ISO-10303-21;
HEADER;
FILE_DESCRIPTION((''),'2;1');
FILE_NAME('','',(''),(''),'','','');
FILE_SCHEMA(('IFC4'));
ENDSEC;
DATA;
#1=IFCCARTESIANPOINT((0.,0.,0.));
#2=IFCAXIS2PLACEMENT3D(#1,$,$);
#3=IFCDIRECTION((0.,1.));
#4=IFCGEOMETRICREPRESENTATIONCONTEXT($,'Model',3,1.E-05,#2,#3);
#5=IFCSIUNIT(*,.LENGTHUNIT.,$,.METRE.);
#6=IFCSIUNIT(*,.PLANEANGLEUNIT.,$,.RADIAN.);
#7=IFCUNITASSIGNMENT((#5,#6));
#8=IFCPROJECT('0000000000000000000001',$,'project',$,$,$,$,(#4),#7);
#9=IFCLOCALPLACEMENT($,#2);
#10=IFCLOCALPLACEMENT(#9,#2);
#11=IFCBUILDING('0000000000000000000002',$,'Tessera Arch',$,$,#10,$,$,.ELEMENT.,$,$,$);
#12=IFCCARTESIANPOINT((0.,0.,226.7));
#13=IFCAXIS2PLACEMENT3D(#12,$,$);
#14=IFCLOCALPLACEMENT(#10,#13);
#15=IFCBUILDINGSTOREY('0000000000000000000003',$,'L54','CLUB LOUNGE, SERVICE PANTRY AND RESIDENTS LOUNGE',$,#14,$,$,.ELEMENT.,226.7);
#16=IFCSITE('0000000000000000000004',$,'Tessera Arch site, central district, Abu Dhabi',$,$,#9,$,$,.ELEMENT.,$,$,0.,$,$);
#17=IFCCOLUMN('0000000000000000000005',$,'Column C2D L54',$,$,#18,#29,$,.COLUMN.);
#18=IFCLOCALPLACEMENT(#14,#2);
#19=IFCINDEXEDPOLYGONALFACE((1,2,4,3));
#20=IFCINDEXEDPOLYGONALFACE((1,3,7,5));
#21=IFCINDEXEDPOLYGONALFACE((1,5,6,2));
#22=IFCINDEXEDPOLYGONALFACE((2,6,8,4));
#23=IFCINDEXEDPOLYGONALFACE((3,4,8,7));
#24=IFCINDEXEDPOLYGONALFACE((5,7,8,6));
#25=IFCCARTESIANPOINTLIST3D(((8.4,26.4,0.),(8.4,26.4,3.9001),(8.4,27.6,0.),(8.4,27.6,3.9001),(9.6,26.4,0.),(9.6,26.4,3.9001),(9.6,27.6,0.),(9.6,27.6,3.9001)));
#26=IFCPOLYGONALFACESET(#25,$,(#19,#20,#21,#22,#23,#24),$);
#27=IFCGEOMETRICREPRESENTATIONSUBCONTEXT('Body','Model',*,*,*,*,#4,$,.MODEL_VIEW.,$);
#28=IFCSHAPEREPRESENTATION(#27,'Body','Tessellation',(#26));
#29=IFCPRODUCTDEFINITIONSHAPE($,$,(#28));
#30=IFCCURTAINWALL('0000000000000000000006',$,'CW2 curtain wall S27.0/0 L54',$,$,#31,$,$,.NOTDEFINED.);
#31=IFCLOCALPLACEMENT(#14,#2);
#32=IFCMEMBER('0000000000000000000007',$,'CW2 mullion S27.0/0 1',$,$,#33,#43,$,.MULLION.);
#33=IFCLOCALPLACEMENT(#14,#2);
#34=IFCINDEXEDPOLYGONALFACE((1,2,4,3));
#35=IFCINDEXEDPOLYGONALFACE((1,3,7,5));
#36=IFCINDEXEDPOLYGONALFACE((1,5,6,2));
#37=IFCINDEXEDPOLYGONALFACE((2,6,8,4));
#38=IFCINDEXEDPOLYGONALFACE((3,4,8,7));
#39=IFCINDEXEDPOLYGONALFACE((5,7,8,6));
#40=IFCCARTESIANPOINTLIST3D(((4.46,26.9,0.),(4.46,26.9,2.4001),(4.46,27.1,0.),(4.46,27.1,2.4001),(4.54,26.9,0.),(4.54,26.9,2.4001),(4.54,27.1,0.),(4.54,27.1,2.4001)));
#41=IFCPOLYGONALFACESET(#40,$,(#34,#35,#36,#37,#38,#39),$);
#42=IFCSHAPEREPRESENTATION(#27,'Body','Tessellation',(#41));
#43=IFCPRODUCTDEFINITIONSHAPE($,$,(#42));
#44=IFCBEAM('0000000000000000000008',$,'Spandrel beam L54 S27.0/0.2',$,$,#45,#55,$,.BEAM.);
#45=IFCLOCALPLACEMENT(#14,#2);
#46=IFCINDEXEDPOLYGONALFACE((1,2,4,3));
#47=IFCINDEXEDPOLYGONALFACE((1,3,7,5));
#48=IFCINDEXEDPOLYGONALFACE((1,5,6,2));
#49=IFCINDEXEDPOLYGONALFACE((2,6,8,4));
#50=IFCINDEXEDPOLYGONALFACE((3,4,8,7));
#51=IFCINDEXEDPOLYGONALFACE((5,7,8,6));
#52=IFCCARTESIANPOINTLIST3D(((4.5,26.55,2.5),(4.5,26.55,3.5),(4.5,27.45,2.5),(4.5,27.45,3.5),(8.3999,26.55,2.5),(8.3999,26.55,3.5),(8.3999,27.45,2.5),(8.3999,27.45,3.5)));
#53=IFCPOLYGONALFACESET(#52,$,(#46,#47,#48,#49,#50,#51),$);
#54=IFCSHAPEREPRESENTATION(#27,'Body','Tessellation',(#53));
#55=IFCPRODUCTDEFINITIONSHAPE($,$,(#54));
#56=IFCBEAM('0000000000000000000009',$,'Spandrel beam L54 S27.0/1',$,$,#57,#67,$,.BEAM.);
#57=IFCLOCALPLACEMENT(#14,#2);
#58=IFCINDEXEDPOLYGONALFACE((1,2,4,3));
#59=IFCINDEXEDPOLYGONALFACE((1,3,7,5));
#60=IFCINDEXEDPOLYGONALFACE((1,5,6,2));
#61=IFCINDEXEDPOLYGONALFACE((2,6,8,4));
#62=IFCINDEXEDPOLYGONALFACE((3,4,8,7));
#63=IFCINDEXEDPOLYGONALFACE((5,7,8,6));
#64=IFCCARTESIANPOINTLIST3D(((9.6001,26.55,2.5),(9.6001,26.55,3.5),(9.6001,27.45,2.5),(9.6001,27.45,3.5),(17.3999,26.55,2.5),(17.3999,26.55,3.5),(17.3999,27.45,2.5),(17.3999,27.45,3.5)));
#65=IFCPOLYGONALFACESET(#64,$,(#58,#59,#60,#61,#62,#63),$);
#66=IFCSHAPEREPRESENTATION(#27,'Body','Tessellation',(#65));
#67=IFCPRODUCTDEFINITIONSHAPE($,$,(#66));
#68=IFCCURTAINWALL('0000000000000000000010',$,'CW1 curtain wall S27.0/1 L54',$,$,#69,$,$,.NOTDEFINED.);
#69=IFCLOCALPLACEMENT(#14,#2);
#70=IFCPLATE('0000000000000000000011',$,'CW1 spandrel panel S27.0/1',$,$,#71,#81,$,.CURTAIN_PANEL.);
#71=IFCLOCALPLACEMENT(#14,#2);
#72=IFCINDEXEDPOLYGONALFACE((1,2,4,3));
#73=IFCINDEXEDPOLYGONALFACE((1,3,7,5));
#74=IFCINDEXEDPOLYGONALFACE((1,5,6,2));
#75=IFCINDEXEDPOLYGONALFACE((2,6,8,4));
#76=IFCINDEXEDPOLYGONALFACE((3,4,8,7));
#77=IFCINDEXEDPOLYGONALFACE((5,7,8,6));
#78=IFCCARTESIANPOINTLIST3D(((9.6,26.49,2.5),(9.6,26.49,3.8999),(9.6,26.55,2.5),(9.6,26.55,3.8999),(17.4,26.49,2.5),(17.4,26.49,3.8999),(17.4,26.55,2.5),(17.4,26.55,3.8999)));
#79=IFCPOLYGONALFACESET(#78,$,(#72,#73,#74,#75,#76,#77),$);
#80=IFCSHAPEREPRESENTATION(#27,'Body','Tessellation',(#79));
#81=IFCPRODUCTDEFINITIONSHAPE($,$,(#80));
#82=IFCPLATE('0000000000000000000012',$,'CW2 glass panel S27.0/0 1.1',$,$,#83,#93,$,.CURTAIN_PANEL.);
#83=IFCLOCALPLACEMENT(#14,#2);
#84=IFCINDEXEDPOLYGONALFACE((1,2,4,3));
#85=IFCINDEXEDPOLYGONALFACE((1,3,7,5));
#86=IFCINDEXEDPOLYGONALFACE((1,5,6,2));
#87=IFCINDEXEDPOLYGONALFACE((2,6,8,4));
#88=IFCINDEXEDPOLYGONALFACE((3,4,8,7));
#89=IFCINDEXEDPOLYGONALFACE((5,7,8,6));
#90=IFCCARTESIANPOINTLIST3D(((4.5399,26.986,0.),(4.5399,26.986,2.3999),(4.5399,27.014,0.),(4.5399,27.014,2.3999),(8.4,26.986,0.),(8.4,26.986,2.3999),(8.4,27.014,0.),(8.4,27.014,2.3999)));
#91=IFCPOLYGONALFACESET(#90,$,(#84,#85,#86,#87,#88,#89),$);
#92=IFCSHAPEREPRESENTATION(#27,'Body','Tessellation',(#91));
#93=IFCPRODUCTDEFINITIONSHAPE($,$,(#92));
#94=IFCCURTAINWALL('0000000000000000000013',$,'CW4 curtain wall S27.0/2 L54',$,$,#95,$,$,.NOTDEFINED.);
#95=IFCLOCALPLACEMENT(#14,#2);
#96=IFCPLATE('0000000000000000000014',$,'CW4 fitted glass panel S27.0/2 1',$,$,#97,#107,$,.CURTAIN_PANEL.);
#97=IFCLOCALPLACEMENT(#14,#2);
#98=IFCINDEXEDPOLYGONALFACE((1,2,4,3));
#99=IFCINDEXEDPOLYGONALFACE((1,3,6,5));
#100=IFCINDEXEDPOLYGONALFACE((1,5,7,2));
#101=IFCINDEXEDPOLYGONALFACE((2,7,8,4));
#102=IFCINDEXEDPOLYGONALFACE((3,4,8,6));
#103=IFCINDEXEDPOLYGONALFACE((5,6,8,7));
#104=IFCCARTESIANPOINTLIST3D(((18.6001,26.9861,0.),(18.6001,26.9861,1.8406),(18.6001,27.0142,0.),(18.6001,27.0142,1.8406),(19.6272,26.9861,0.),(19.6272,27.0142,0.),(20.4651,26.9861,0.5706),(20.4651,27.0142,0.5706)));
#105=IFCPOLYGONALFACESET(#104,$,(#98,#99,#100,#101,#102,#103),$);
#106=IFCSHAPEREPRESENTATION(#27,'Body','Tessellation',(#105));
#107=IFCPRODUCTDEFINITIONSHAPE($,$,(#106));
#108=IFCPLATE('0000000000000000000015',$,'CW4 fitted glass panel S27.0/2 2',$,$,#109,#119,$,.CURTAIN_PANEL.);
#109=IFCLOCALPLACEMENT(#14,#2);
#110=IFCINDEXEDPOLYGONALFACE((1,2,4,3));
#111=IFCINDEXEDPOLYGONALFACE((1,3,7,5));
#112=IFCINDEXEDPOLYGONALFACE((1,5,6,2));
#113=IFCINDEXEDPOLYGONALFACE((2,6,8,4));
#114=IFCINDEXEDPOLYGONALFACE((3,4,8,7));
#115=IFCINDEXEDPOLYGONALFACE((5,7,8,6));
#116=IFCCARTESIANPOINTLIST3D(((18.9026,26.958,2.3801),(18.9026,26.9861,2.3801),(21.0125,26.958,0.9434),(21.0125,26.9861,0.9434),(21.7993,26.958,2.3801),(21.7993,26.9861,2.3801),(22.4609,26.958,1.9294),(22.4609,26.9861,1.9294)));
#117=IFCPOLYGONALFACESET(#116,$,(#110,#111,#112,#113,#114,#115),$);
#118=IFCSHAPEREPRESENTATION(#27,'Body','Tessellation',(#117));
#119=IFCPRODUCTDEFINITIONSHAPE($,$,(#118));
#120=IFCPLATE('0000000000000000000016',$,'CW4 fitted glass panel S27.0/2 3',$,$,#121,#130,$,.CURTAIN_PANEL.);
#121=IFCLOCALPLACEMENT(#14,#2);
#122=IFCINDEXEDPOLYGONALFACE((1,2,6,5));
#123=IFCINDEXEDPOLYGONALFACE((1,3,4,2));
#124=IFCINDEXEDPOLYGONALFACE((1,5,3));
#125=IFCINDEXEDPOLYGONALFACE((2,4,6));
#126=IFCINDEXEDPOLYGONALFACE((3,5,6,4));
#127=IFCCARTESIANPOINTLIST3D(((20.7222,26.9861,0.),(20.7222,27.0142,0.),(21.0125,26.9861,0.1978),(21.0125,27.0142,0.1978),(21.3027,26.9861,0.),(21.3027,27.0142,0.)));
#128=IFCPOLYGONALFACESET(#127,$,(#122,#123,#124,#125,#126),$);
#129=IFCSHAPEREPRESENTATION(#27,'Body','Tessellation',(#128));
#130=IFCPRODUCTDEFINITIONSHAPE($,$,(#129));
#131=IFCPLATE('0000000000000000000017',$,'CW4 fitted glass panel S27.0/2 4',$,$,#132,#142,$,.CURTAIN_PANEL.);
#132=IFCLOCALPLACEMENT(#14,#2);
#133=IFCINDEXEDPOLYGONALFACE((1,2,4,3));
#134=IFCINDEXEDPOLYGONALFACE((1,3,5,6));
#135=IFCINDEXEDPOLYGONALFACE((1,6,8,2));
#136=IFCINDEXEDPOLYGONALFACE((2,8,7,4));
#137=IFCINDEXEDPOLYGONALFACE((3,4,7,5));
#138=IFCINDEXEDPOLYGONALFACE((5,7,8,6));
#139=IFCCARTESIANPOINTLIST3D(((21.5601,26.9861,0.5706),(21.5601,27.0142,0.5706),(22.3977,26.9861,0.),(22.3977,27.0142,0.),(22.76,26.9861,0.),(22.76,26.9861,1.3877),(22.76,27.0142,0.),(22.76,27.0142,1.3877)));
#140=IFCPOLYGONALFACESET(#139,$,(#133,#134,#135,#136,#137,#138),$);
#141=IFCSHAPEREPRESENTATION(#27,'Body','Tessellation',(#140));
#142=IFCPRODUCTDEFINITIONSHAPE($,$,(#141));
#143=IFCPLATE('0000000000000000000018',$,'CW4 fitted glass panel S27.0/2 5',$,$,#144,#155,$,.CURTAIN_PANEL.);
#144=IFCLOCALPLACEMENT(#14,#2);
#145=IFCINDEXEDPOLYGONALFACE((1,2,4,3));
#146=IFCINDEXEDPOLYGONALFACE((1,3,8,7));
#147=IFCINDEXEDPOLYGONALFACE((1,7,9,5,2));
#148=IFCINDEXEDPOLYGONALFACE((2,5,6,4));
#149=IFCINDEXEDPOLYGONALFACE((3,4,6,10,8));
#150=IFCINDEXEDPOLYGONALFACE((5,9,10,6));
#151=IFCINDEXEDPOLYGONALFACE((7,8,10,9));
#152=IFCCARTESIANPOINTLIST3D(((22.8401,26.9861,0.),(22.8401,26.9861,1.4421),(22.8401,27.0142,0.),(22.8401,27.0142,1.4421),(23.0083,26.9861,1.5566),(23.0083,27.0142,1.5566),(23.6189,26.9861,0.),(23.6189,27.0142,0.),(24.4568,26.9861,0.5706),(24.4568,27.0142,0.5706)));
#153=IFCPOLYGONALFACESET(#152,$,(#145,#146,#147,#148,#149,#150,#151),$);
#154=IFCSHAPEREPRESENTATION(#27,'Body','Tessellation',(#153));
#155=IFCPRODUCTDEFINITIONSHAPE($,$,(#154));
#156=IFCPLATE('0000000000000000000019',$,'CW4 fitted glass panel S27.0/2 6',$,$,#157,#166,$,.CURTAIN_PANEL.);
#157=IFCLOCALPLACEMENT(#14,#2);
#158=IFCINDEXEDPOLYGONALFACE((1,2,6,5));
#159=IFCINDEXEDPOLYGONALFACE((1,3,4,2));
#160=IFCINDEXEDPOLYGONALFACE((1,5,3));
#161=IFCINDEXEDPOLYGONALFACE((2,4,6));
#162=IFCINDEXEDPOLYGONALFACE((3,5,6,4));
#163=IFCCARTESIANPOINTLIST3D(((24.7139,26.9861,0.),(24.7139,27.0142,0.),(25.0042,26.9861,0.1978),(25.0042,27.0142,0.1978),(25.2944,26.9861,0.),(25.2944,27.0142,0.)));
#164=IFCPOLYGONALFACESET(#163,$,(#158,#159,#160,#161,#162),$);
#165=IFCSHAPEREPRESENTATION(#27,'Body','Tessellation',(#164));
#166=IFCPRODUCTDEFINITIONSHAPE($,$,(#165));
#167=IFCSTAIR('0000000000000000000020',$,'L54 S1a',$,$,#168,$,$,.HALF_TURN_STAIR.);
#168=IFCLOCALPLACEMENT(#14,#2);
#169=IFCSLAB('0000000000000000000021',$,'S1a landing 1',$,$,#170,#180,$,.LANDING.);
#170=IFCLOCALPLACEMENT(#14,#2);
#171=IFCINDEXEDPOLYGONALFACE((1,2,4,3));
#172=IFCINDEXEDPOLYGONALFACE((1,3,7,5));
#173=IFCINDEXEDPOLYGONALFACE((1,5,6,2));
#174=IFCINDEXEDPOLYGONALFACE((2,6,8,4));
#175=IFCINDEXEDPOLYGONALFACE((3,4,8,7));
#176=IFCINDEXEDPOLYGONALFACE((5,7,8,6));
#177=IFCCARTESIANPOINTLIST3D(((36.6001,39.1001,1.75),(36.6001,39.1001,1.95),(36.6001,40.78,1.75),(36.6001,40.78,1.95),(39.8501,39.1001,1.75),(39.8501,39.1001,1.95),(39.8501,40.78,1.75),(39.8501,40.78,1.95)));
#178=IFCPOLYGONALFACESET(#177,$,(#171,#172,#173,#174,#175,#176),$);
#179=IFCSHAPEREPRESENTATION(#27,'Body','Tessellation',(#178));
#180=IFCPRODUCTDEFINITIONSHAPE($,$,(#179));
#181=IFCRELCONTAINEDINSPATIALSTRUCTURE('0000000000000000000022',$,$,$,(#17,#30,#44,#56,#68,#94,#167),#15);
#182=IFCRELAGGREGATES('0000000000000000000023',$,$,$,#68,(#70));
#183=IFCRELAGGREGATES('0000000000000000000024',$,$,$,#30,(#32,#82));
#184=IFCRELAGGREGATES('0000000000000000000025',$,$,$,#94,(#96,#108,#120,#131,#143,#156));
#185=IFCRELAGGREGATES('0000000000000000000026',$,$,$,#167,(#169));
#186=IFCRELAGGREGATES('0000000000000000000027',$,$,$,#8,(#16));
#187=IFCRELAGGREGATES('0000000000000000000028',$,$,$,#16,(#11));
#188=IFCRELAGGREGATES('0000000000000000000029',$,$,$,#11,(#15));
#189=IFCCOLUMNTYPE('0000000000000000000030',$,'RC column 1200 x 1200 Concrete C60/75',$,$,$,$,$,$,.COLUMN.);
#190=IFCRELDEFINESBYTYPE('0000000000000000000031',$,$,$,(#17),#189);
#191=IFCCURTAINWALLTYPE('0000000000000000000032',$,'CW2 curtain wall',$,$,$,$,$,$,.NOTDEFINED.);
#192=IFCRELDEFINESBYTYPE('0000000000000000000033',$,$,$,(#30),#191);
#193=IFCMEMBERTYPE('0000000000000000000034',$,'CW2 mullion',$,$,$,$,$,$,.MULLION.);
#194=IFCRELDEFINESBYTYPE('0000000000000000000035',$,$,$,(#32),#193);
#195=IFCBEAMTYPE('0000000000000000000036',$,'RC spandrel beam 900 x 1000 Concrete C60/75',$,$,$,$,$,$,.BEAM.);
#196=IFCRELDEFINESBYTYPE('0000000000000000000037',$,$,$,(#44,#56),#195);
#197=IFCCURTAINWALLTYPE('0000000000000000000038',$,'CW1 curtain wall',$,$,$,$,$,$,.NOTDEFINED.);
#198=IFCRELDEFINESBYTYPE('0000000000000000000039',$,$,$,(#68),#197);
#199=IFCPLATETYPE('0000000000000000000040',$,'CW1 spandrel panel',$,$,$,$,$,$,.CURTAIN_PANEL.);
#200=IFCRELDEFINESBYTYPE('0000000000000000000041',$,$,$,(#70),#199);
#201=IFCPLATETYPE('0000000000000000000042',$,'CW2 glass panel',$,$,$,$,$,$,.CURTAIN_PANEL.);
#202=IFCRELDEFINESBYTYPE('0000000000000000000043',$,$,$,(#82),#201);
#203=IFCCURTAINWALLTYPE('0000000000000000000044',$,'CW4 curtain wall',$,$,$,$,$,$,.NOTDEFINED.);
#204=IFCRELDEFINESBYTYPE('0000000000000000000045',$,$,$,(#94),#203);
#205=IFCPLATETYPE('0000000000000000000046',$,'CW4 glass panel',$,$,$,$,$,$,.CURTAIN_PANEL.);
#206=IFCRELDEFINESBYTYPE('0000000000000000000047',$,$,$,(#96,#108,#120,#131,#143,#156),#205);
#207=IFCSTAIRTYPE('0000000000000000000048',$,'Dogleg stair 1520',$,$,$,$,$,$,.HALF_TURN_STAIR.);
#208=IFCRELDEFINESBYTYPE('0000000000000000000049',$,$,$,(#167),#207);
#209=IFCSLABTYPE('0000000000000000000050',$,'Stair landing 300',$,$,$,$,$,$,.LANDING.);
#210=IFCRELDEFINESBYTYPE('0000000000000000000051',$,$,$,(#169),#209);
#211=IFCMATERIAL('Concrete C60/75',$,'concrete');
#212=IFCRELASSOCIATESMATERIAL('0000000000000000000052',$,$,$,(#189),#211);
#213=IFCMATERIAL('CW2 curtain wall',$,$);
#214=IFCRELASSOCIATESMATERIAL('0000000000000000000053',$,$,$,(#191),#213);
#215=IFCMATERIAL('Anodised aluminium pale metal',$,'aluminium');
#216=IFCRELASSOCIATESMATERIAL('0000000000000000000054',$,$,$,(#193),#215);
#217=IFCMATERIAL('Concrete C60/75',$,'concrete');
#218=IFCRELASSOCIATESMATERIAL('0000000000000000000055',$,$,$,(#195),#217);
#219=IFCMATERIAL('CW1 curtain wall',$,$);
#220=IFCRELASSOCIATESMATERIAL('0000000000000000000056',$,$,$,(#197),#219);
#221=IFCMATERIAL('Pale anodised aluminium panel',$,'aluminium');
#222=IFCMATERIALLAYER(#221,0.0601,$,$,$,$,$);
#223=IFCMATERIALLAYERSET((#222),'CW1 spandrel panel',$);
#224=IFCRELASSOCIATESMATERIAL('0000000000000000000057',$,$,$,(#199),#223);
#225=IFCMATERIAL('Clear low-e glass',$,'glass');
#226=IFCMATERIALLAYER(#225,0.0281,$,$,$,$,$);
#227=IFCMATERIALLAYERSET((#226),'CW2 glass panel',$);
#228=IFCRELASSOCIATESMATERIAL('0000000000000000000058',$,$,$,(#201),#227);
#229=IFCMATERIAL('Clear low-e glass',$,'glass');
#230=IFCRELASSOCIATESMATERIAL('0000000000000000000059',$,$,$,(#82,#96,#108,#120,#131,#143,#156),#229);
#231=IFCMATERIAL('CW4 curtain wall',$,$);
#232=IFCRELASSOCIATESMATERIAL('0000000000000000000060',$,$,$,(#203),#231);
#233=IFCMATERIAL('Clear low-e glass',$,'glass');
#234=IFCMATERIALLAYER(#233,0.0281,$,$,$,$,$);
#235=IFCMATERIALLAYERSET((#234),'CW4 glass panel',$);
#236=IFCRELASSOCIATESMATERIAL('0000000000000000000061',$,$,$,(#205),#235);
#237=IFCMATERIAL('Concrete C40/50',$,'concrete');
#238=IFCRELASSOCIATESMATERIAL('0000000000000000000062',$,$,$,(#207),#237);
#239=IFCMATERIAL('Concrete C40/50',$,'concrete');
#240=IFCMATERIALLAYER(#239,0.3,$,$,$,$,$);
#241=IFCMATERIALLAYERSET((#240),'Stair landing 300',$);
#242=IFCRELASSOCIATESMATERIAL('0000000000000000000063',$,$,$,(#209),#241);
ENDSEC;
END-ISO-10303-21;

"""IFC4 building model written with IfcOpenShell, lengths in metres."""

from ifc_helpers import new_model, si_unit, direction, frame, origin, origin_2d, place, context, subcontext, project, spatial, polyline, rectangle, outline, extrude, material, layer, layer_set, material_profile, profile_set, type_object, element, aggregate, save


model = new_model("IFC4")

# Units and contexts
model_context = context("Model", 3, precision=1e-05, world=origin(), true_north=direction((0.0, 1.0)))
body_context = subcontext(model_context, "Body", "Model", "MODEL_VIEW")
ifc_project = project(units=[si_unit("LENGTHUNIT", "METRE"), si_unit("PLANEANGLEUNIT", "RADIAN")], contexts=[model_context])

# Site, building, storey
site_placement = place(None, origin())
site = spatial("IfcSite", under=ifc_project, at=site_placement, Name="Tessera Arch site, central district, Abu Dhabi", CompositionType="ELEMENT", RefElevation=0.0)
building_placement = place(site_placement, origin())
building = spatial("IfcBuilding", under=site, at=building_placement, Name="Tessera Arch", CompositionType="ELEMENT")
storey_placement = place(building_placement, frame((0.0, 0.0, 226.7)))
storey = spatial("IfcBuildingStorey", under=building, at=storey_placement, Name="L54", Description="CLUB LOUNGE, SERVICE PANTRY AND RESIDENTS LOUNGE", CompositionType="ELEMENT", Elevation=226.7)

# Column
ifc_material_1 = material(Name="Concrete C60/75", Category="concrete")
ifc_material_profile_1 = material_profile(ifc_material_1, rectangle(XDim=1.2, YDim=1.2, at=origin_2d()), Name="RC column 1200 x 1200 Concrete C60/75")
ifc_profile_set_1 = profile_set([ifc_material_profile_1], Name="Concrete C60/75")
column_type = type_object("IfcColumnType", Name="RC column 1200 x 1200 Concrete C60/75", PredefinedType="COLUMN", material=ifc_profile_set_1)
column_placement = place(storey_placement, frame((9.0, 27.0, 0.0), z_axis=(0.0, 0.0, 1.0), x_axis=(1.0, 0.0, 0.0)))
element("IfcColumn", 1, at=column_placement, inside=storey, type_object=column_type, Name="Column C2D L54", PredefinedType="COLUMN", context=body_context, shape_type="SweptSolid", body=[
    extrude(rectangle(XDim=1.2, YDim=1.2, at=origin_2d()), origin(), (0.0, 0.0, 1.0), 3.9001),
])

# Curtain wall, member
ifc_material_2 = material(Name="CW2 curtain wall")
curtain_wall_type_1 = type_object("IfcCurtainWallType", Name="CW2 curtain wall", PredefinedType="NOTDEFINED", material=ifc_material_2)
curtain_wall_1_placement = place(storey_placement, origin())
curtain_wall_1 = element("IfcCurtainWall", 2, at=curtain_wall_1_placement, inside=storey, type_object=curtain_wall_type_1, Name="CW2 curtain wall S27.0/0 L54", PredefinedType="NOTDEFINED")
ifc_material_3 = material(Name="Anodised aluminium pale metal", Category="aluminium")
ifc_material_profile_2 = material_profile(ifc_material_3, rectangle(XDim=0.2, YDim=0.0801, at=origin_2d()), Name="AL 80x200")
ifc_profile_set_2 = profile_set([ifc_material_profile_2], Name="Anodised aluminium pale metal")
member_type = type_object("IfcMemberType", Name="CW2 mullion", PredefinedType="MULLION", material=ifc_profile_set_2)
member_placement = place(storey_placement, frame((4.5, 27.0, 0.0), z_axis=(0.0, 0.0, 1.0), x_axis=(0.0, 1.0, 0.0)))
member = element("IfcMember", 3, at=member_placement, type_object=member_type, Name="CW2 mullion S27.0/0 1", PredefinedType="MULLION", context=body_context, shape_type="SweptSolid", body=[
    extrude(rectangle(XDim=0.2, YDim=0.0801, at=origin_2d()), origin(), (0.0, 0.0, 1.0), 2.4001),
])

# Beams
ifc_material_4 = material(Name="Concrete C60/75", Category="concrete")
ifc_material_profile_3 = material_profile(ifc_material_4, rectangle(XDim=0.8999, YDim=1.0, at=origin_2d()), Name="RC spandrel beam 900 x 1000 Concrete C60/75")
ifc_profile_set_3 = profile_set([ifc_material_profile_3], Name="Concrete C60/75")
beam_type = type_object("IfcBeamType", Name="RC spandrel beam 900 x 1000 Concrete C60/75", PredefinedType="BEAM", material=ifc_profile_set_3)
beam_1_placement = place(storey_placement, frame((4.5, 27.0, 3.0), z_axis=(1.0, 0.0, 0.0), x_axis=(0.0, 1.0, 0.0)))
element("IfcBeam", 4, at=beam_1_placement, inside=storey, type_object=beam_type, Name="Spandrel beam L54 S27.0/0.2", PredefinedType="BEAM", context=body_context, shape_type="SweptSolid", body=[
    extrude(rectangle(XDim=0.8999, YDim=1.0, at=origin_2d()), origin(), (0.0, 0.0, 1.0), 3.8999),
])
beam_2_placement = place(storey_placement, frame((9.6001, 27.0, 3.0), z_axis=(1.0, 0.0, 0.0), x_axis=(0.0, 1.0, 0.0)))
element("IfcBeam", 5, at=beam_2_placement, inside=storey, type_object=beam_type, Name="Spandrel beam L54 S27.0/1", PredefinedType="BEAM", context=body_context, shape_type="SweptSolid", body=[
    extrude(rectangle(XDim=0.8999, YDim=1.0, at=origin_2d()), origin(), (0.0, 0.0, 1.0), 7.7998),
])

# Curtain wall, plate
ifc_material_5 = material(Name="CW1 curtain wall")
curtain_wall_type_2 = type_object("IfcCurtainWallType", Name="CW1 curtain wall", PredefinedType="NOTDEFINED", material=ifc_material_5)
curtain_wall_2_placement = place(storey_placement, origin())
curtain_wall_2 = element("IfcCurtainWall", 6, at=curtain_wall_2_placement, inside=storey, type_object=curtain_wall_type_2, Name="CW1 curtain wall S27.0/1 L54", PredefinedType="NOTDEFINED")
ifc_material_6 = material(Name="Pale anodised aluminium panel", Category="aluminium")
ifc_layer_1 = layer(ifc_material_6, 0.0601)
ifc_layer_set_1 = layer_set([ifc_layer_1], Name="CW1 spandrel panel")
plate_type_1 = type_object("IfcPlateType", Name="CW1 spandrel panel", PredefinedType="CURTAIN_PANEL", material=ifc_layer_set_1)
plate_1_placement = place(storey_placement, frame((13.5, 26.52, 2.5), z_axis=(0.0, 0.0, 1.0), x_axis=(1.0, 0.0, 0.0)))
plate_1 = element("IfcPlate", 7, at=plate_1_placement, type_object=plate_type_1, Name="CW1 spandrel panel S27.0/1", PredefinedType="CURTAIN_PANEL", context=body_context, shape_type="SweptSolid", body=[
    extrude(rectangle(XDim=7.8, YDim=0.0601, at=origin_2d()), origin(), (0.0, 0.0, 1.0), 1.3999),
])
aggregate(curtain_wall_2, [plate_1])

# Plate
ifc_material_7 = material(Name="Clear low-e glass", Category="glass")
ifc_material_8 = material(Name="Clear low-e glass", Category="glass")
ifc_layer_2 = layer(ifc_material_8, 0.0281)
ifc_layer_set_2 = layer_set([ifc_layer_2], Name="CW2 glass panel")
plate_type_2 = type_object("IfcPlateType", Name="CW2 glass panel", PredefinedType="CURTAIN_PANEL", material=ifc_layer_set_2)
plate_2_placement = place(storey_placement, frame((6.47, 27.0, 0.0), z_axis=(0.0, 0.0, 1.0), x_axis=(1.0, 0.0, 0.0)))
plate_2 = element("IfcPlate", 8, at=plate_2_placement, type_object=plate_type_2, material=ifc_material_7, Name="CW2 glass panel S27.0/0 1.1", PredefinedType="CURTAIN_PANEL", context=body_context, shape_type="SweptSolid", body=[
    extrude(rectangle(XDim=3.8601, YDim=0.0281, at=origin_2d()), origin(), (0.0, 0.0, 1.0), 2.3999),
])
aggregate(curtain_wall_1, [member, plate_2])

# Curtain wall, plates
ifc_material_9 = material(Name="CW4 curtain wall")
curtain_wall_type_3 = type_object("IfcCurtainWallType", Name="CW4 curtain wall", PredefinedType="NOTDEFINED", material=ifc_material_9)
curtain_wall_3_placement = place(storey_placement, origin())
curtain_wall_3 = element("IfcCurtainWall", 9, at=curtain_wall_3_placement, inside=storey, type_object=curtain_wall_type_3, Name="CW4 curtain wall S27.0/2 L54", PredefinedType="NOTDEFINED")
ifc_material_10 = material(Name="Clear low-e glass", Category="glass")
ifc_layer_3 = layer(ifc_material_10, 0.0281)
ifc_layer_set_3 = layer_set([ifc_layer_3], Name="CW4 glass panel")
plate_type_3 = type_object("IfcPlateType", Name="CW4 glass panel", PredefinedType="CURTAIN_PANEL", material=ifc_layer_set_3)
plate_3_placement = place(storey_placement, frame((18.6001, 26.9861, 0.0), z_axis=(0.0, -1.0, 0.0), x_axis=(1.0, 0.0, 0.0)))
plate_3 = element("IfcPlate", 10, at=plate_3_placement, type_object=plate_type_3, material=ifc_material_7, Name="CW4 fitted glass panel S27.0/2 1", PredefinedType="CURTAIN_PANEL", context=body_context, shape_type="SweptSolid", body=[
    extrude(outline(polyline([(0.0, 0.0), (1.0271, 0.0), (1.865, 0.5706), (0.0, 1.8406), (0.0, 0.0)])), origin(), (0.0, 0.0, -1.0), 0.0281),
])
plate_4_placement = place(storey_placement, frame((21.7993, 26.958, 2.3801), z_axis=(0.0, -1.0, 0.0), x_axis=(-1.0, 0.0, 0.0)))
plate_4 = element("IfcPlate", 11, at=plate_4_placement, type_object=plate_type_3, material=ifc_material_7, Name="CW4 fitted glass panel S27.0/2 2", PredefinedType="CURTAIN_PANEL", context=body_context, shape_type="SweptSolid", body=[
    extrude(outline(polyline([(0.0, 0.0), (2.8967, 0.0), (0.7869, 1.4368), (-0.6616, 0.4507), (0.0, 0.0)])), origin(), (0.0, 0.0, -1.0), 0.0281),
])
plate_5_placement = place(storey_placement, frame((20.7222, 26.9861, 0.0), z_axis=(0.0, -1.0, 0.0), x_axis=(1.0, 0.0, 0.0)))
plate_5 = element("IfcPlate", 12, at=plate_5_placement, type_object=plate_type_3, material=ifc_material_7, Name="CW4 fitted glass panel S27.0/2 3", PredefinedType="CURTAIN_PANEL", context=body_context, shape_type="SweptSolid", body=[
    extrude(outline(polyline([(0.0, 0.0), (0.5806, 0.0), (0.2903, 0.1978), (0.0, 0.0)])), origin(), (0.0, 0.0, -1.0), 0.0281),
])
plate_6_placement = place(storey_placement, frame((22.76, 26.9861, 0.0), z_axis=(0.0, -1.0, 0.0), x_axis=(0.0, 0.0, 1.0)))
plate_6 = element("IfcPlate", 13, at=plate_6_placement, type_object=plate_type_3, material=ifc_material_7, Name="CW4 fitted glass panel S27.0/2 4", PredefinedType="CURTAIN_PANEL", context=body_context, shape_type="SweptSolid", body=[
    extrude(outline(polyline([(0.0, 0.0), (1.3877, 0.0), (0.5706, 1.2), (0.0, 0.3623), (0.0, 0.0)])), origin(), (0.0, 0.0, -1.0), 0.0281),
])
plate_7_placement = place(storey_placement, frame((22.8401, 26.9861, 0.0), z_axis=(0.0, -1.0, 0.0), x_axis=(1.0, 0.0, 0.0)))
plate_7 = element("IfcPlate", 14, at=plate_7_placement, type_object=plate_type_3, material=ifc_material_7, Name="CW4 fitted glass panel S27.0/2 5", PredefinedType="CURTAIN_PANEL", context=body_context, shape_type="SweptSolid", body=[
    extrude(outline(polyline([(0.0, 0.0), (0.7788, 0.0), (1.6167, 0.5706), (0.1682, 1.5566), (0.0, 1.4421), (0.0, 0.0)])), origin(), (0.0, 0.0, -1.0), 0.0281),
])
plate_8_placement = place(storey_placement, frame((24.7139, 26.9861, 0.0), z_axis=(0.0, -1.0, 0.0), x_axis=(1.0, 0.0, 0.0)))
plate_8 = element("IfcPlate", 15, at=plate_8_placement, type_object=plate_type_3, material=ifc_material_7, Name="CW4 fitted glass panel S27.0/2 6", PredefinedType="CURTAIN_PANEL", context=body_context, shape_type="SweptSolid", body=[
    extrude(outline(polyline([(0.0, 0.0), (0.5806, 0.0), (0.2903, 0.1978), (0.0, 0.0)])), origin(), (0.0, 0.0, -1.0), 0.0281),
])
aggregate(curtain_wall_3, [plate_3, plate_4, plate_5, plate_6, plate_7, plate_8])

# Stair, slab
ifc_material_11 = material(Name="Concrete C40/50", Category="concrete")
stair_type_1 = type_object("IfcStairType", Name="Dogleg stair 1520", PredefinedType="HALF_TURN_STAIR", material=ifc_material_11)
stair_1_placement = place(storey_placement, origin())
stair_1 = element("IfcStair", 16, at=stair_1_placement, inside=storey, type_object=stair_type_1, Name="L54 S1a", PredefinedType="HALF_TURN_STAIR")
ifc_material_12 = material(Name="Concrete C40/50", Category="concrete")
ifc_layer_4 = layer(ifc_material_12, 0.3)
ifc_layer_set_4 = layer_set([ifc_layer_4], Name="Stair landing 300")
slab_type = type_object("IfcSlabType", Name="Stair landing 300", PredefinedType="LANDING", material=ifc_layer_set_4)
slab_1_placement = place(storey_placement, frame((0.0, 0.0, 1.75)))
slab_1 = element("IfcSlab", 17, at=slab_1_placement, type_object=slab_type, Name="S1a landing 1", PredefinedType="LANDING", context=body_context, shape_type="SweptSolid", body=[
    extrude(outline(polyline([(36.6001, 40.78), (36.6001, 39.1001), (39.8501, 39.1001), (39.8501, 40.78), (36.6001, 40.78)])), origin(), (0.0, 0.0, 1.0), 0.2),
])
aggregate(stair_1, [slab_1])

save(model, "model.ifc")
